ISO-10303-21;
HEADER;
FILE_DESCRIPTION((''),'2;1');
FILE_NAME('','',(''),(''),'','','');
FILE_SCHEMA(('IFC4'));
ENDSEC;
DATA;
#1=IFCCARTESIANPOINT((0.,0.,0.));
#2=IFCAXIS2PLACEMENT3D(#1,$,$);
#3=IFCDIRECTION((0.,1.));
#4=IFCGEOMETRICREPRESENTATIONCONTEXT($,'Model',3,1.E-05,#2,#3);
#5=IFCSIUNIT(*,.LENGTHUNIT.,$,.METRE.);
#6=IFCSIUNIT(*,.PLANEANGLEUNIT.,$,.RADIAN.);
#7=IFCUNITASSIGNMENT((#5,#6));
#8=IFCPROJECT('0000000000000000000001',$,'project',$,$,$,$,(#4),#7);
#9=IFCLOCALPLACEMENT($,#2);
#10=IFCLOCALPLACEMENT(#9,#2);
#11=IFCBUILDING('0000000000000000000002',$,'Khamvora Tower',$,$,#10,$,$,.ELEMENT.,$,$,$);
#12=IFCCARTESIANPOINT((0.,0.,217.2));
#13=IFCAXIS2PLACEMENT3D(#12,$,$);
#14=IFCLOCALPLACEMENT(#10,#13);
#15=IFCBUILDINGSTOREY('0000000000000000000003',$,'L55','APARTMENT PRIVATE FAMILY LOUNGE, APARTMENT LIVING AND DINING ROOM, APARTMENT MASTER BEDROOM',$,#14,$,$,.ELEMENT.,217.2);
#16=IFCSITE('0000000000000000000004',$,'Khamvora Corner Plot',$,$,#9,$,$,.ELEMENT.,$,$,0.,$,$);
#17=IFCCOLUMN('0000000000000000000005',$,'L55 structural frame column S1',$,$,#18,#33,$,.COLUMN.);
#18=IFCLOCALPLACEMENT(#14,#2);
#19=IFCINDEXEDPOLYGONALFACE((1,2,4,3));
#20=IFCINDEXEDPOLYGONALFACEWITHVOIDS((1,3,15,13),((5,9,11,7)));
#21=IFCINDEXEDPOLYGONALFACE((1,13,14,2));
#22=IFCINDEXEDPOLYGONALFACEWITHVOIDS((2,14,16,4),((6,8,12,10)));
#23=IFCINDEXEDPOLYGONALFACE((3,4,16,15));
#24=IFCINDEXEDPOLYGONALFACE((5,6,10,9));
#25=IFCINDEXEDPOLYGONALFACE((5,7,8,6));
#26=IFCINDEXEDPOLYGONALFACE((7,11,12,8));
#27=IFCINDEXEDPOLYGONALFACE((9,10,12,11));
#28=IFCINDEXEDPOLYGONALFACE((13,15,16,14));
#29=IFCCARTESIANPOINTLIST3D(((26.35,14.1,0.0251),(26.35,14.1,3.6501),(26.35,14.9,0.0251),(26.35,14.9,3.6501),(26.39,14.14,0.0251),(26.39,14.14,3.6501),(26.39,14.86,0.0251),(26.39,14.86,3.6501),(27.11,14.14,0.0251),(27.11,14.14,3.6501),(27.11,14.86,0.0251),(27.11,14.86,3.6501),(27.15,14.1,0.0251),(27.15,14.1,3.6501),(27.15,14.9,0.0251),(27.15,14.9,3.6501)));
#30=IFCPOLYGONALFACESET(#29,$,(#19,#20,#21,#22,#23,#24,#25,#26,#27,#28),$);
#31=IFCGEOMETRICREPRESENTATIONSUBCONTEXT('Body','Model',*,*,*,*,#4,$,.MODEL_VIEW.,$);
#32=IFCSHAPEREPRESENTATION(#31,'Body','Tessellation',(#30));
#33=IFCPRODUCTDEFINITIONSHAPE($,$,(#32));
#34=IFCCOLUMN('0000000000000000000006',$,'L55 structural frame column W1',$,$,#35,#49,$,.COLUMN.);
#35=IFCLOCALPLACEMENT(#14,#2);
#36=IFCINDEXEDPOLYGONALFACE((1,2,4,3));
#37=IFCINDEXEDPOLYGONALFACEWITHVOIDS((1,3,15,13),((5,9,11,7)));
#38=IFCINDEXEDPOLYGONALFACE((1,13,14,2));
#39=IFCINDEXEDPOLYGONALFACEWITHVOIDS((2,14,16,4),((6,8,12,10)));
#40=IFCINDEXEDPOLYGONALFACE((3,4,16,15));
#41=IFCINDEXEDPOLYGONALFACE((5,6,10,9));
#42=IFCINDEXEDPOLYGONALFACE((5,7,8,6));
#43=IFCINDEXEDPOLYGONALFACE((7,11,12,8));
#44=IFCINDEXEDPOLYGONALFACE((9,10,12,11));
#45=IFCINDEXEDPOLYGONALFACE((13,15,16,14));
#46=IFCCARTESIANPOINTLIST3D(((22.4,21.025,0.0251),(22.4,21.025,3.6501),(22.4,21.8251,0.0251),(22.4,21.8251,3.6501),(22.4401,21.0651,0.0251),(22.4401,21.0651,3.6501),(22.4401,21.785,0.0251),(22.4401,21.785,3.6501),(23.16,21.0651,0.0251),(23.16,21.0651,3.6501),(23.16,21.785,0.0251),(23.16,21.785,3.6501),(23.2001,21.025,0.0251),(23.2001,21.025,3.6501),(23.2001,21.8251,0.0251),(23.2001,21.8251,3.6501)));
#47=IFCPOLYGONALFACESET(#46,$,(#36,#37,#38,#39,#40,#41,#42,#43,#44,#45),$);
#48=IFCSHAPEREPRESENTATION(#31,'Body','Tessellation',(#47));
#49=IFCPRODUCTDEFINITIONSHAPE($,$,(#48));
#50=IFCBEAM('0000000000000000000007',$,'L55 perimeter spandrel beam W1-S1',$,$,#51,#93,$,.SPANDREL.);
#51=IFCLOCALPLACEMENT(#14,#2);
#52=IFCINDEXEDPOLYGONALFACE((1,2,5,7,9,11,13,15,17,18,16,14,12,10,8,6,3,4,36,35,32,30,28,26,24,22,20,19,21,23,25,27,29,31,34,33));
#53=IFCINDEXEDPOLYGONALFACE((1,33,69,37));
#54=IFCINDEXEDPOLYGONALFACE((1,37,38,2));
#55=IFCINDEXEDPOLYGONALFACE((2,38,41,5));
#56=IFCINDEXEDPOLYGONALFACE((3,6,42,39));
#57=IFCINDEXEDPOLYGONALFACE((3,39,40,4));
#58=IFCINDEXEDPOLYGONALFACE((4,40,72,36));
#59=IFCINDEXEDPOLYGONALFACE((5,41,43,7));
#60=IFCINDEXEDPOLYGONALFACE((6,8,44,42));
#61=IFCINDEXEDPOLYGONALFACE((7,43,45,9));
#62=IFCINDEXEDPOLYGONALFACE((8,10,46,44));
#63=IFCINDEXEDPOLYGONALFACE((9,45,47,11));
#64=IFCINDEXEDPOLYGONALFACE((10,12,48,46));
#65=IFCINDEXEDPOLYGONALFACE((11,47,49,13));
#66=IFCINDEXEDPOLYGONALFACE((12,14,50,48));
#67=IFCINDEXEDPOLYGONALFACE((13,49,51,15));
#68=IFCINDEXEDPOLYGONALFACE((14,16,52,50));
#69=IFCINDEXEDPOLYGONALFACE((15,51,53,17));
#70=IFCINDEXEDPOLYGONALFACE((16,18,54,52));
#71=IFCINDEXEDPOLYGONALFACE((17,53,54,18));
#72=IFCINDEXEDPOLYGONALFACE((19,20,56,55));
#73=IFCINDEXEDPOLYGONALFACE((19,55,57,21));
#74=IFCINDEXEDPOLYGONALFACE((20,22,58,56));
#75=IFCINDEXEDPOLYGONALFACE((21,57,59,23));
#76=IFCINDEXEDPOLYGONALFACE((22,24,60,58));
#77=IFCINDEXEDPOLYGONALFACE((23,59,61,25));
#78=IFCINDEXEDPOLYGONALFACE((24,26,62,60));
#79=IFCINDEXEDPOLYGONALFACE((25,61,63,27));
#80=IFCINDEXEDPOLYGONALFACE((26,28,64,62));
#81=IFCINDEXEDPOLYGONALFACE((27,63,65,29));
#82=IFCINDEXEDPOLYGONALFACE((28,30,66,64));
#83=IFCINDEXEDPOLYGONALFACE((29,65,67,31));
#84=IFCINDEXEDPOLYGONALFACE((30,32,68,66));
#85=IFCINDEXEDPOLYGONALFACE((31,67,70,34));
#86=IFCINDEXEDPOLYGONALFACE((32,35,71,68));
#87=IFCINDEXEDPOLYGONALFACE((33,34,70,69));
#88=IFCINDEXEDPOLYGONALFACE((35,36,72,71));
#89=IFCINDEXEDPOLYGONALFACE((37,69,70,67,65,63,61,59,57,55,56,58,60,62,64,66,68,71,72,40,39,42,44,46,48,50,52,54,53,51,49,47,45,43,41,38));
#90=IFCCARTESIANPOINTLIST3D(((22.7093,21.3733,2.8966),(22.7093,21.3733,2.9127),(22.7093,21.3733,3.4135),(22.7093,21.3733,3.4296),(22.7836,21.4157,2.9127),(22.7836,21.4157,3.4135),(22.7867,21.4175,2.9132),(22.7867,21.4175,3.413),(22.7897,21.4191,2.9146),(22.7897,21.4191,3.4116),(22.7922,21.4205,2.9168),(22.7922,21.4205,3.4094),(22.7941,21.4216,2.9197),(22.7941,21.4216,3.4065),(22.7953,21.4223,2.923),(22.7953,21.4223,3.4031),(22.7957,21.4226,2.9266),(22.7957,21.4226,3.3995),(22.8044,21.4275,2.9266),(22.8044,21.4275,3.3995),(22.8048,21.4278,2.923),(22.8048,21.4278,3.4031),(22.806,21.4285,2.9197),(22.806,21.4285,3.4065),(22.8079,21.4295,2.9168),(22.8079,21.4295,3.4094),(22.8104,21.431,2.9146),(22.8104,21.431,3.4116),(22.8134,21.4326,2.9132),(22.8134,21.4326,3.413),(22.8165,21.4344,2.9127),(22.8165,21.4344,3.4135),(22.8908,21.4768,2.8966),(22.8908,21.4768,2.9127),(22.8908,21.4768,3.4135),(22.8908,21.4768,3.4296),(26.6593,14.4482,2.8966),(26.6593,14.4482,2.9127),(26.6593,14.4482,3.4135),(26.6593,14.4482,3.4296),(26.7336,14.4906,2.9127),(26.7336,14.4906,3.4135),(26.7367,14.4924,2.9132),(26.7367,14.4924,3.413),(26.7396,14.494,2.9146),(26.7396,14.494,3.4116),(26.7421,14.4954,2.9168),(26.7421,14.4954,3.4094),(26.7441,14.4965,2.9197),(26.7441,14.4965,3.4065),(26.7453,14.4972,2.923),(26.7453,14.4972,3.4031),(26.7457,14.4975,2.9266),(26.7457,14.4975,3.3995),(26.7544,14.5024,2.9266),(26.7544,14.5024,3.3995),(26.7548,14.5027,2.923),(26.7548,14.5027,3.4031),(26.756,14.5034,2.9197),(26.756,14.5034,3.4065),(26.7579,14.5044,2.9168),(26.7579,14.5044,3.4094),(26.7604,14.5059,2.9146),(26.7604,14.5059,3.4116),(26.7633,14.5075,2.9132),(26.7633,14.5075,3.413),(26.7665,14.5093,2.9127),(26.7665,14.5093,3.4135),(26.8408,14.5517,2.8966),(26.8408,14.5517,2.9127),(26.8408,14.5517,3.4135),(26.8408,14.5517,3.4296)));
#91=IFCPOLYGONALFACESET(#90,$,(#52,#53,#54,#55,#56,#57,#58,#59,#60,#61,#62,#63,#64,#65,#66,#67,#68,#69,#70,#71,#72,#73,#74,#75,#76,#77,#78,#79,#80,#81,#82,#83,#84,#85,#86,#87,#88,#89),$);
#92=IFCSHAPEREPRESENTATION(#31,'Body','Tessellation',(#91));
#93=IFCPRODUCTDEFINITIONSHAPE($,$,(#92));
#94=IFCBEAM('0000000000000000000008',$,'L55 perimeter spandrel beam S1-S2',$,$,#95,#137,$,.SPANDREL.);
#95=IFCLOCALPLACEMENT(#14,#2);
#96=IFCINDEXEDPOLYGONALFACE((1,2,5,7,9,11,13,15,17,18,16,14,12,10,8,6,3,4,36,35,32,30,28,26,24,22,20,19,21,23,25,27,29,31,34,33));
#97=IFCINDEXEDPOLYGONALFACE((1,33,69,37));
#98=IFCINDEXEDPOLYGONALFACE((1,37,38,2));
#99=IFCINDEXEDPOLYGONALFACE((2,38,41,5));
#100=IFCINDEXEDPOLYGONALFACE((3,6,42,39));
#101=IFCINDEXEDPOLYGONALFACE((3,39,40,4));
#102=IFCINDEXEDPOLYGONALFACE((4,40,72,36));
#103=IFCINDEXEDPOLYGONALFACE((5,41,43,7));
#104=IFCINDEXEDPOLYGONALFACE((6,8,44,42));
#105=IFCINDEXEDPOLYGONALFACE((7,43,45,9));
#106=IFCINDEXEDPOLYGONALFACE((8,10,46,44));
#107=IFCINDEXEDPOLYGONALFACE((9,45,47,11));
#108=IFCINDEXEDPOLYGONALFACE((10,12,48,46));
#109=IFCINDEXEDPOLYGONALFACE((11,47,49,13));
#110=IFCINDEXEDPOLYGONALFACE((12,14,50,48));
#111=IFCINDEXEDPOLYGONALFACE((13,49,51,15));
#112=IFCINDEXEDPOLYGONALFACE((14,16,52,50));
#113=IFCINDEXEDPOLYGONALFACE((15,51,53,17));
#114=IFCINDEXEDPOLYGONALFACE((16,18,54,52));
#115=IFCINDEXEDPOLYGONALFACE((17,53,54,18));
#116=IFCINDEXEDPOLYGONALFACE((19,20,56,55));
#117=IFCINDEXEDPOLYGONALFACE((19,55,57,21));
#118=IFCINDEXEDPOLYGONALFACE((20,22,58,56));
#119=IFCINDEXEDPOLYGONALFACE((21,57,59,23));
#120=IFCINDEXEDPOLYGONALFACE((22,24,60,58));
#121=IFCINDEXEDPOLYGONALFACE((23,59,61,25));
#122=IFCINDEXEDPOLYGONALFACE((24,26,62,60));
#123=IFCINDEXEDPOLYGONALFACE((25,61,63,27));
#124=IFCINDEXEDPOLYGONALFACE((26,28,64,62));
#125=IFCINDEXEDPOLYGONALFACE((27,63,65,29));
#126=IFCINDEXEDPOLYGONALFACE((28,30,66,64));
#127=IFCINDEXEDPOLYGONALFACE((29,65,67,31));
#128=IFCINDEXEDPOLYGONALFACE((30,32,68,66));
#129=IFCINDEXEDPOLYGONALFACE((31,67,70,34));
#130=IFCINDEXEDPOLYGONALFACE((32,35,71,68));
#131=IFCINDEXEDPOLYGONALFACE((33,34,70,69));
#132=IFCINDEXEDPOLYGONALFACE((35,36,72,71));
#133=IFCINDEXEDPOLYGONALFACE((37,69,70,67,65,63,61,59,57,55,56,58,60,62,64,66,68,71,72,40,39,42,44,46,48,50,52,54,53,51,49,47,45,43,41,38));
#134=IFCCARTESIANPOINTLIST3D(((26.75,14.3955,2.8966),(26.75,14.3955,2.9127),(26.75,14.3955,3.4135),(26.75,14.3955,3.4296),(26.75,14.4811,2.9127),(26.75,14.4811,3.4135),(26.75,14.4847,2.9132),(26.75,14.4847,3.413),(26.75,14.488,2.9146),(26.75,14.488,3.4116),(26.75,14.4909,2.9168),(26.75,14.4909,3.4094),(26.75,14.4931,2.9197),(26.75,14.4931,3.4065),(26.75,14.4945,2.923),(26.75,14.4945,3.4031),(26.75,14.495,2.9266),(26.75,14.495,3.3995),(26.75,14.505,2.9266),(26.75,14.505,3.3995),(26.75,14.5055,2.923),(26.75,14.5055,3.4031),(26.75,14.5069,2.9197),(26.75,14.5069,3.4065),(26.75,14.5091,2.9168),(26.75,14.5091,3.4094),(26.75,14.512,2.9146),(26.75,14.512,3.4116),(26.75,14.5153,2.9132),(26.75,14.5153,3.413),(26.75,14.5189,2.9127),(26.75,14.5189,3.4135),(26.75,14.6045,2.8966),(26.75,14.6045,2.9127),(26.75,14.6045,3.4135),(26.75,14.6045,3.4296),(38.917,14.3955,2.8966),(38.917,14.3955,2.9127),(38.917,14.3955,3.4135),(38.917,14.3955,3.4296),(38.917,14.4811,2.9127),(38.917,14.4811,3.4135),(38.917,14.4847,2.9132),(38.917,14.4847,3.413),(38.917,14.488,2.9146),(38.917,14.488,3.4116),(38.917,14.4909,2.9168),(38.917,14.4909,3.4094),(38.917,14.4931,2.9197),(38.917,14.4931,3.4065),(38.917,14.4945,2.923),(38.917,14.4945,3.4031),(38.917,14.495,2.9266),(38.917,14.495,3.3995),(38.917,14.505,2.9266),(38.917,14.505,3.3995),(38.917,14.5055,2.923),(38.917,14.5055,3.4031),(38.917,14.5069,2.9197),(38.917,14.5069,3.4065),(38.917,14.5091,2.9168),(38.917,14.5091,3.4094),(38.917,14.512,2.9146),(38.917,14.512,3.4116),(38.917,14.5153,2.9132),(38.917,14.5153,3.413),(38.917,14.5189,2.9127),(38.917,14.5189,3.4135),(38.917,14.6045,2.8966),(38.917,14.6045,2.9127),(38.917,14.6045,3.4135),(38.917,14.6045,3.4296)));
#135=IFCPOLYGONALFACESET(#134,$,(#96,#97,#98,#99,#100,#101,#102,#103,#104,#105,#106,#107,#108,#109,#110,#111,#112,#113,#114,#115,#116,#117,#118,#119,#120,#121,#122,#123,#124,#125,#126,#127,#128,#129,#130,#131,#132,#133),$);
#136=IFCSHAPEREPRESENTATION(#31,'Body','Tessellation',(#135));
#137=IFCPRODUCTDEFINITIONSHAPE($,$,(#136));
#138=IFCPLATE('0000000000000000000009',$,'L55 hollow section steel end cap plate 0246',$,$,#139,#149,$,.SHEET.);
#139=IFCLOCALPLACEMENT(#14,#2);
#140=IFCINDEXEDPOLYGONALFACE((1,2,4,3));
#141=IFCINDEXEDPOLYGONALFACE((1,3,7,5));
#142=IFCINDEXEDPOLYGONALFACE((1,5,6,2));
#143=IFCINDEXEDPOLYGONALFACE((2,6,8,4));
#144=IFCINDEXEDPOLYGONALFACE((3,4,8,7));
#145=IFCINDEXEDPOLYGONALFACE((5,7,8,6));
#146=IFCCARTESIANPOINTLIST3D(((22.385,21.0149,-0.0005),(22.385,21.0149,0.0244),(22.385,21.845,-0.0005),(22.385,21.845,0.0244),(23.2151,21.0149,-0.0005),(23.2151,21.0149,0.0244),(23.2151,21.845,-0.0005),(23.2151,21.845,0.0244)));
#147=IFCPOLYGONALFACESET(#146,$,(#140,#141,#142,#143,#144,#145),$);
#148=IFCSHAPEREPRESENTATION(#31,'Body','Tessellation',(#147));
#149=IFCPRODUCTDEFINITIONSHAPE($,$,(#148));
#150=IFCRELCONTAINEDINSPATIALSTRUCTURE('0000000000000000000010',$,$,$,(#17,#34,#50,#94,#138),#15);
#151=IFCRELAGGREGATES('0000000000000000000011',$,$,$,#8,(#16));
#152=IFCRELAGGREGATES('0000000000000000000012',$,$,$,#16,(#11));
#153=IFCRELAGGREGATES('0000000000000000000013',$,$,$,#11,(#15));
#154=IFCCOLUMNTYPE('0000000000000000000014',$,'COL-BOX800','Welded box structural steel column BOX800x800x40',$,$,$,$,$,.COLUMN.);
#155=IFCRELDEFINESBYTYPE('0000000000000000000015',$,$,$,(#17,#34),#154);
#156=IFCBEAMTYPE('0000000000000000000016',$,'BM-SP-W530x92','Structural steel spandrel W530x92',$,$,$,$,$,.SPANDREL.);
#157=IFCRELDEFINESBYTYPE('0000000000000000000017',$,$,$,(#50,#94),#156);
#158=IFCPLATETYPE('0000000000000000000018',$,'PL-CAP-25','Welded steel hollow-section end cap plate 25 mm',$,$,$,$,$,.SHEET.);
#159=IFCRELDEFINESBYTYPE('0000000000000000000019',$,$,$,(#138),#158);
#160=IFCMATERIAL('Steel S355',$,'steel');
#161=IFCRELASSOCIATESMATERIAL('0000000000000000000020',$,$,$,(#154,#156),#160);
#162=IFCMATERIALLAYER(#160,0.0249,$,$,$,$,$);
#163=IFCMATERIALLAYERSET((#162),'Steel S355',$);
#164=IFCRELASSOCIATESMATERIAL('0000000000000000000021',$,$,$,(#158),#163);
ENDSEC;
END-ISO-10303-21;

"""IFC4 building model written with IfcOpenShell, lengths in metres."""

from ifc_helpers import new_model, si_unit, direction, frame, origin, origin_2d, place, context, subcontext, project, spatial, rectangle, hollow_rectangle, i_section, extrude, material, layer, layer_set, material_profile, profile_set, type_object, element, save


model = new_model("IFC4")

# Units and contexts
model_context = context("Model", 3, precision=1e-05, world=origin(), true_north=direction((0.0, 1.0)))
body_context = subcontext(model_context, "Body", "Model", "MODEL_VIEW")
ifc_project = project(units=[si_unit("LENGTHUNIT", "METRE"), si_unit("PLANEANGLEUNIT", "RADIAN")], contexts=[model_context])

# Site, building, storey
site_placement = place(None, origin())
site = spatial("IfcSite", under=ifc_project, at=site_placement, Name="Khamvora Corner Plot", CompositionType="ELEMENT", RefElevation=0.0)
building_placement = place(site_placement, origin())
building = spatial("IfcBuilding", under=site, at=building_placement, Name="Khamvora Tower", CompositionType="ELEMENT")
storey_placement = place(building_placement, frame((0.0, 0.0, 217.2)))
storey = spatial("IfcBuildingStorey", under=building, at=storey_placement, Name="L55", Description="APARTMENT PRIVATE FAMILY LOUNGE, APARTMENT LIVING AND DINING ROOM, APARTMENT MASTER BEDROOM", CompositionType="ELEMENT", Elevation=217.2)

# Columns
ifc_material_1 = material(Name="Steel S355", Category="steel")
ifc_material_profile_1 = material_profile(ifc_material_1, hollow_rectangle(XDim=0.8, YDim=0.8, WallThickness=0.04, at=origin_2d()), Name="BOX800x800x40")
ifc_profile_set_1 = profile_set([ifc_material_profile_1], Name="Steel S355")
column_type = type_object("IfcColumnType", Name="COL-BOX800", Description="Welded box structural steel column BOX800x800x40", PredefinedType="COLUMN", material=ifc_profile_set_1)
for number, where, z_axis, x_axis, name in (
    (1, (26.75, 14.5, 0.0251), (0.0, 0.0, 1.0), (1.0, 0.0, 0.0), "L55 structural frame column S1"),
    (2, (22.8, 21.425, 0.0251), (0.0, 0.0, 1.0), (1.0, 0.0, 0.0), "L55 structural frame column W1"),
):
    element("IfcColumn", number, at=place(storey_placement, frame(where, z_axis=z_axis, x_axis=x_axis)), inside=storey, type_object=column_type, Name=name, PredefinedType="COLUMN", context=body_context, shape_type="SweptSolid", body=[
        extrude(hollow_rectangle(XDim=0.8, YDim=0.8, WallThickness=0.04, at=origin_2d()), origin(), (0.0, 0.0, 1.0), 3.625),
    ])

# Beams
ifc_material_profile_2 = material_profile(ifc_material_1, i_section(OverallWidth=0.209, OverallDepth=0.533, WebThickness=0.01, FlangeThickness=0.0161, FilletRadius=0.0139, at=origin_2d()), Name="W530x92")
ifc_profile_set_2 = profile_set([ifc_material_profile_2], Name="Steel S355")
beam_type = type_object("IfcBeamType", Name="BM-SP-W530x92", Description="Structural steel spandrel W530x92", PredefinedType="SPANDREL", material=ifc_profile_set_2)
beam_1_placement = place(storey_placement, frame((22.8, 21.425, 3.1631), z_axis=(0.495456, -0.868633, 0.0), x_axis=(0.868633, 0.495456, 0.0)))
element("IfcBeam", 3, at=beam_1_placement, inside=storey, type_object=beam_type, Name="L55 perimeter spandrel beam W1-S1", PredefinedType="SPANDREL", context=body_context, shape_type="SweptSolid", body=[
    extrude(i_section(OverallWidth=0.209, OverallDepth=0.533, WebThickness=0.01, FlangeThickness=0.0161, FilletRadius=0.0139, at=origin_2d()), origin(), (0.0, 0.0, 1.0), 7.9724),
])
beam_2_placement = place(storey_placement, frame((26.75, 14.5, 3.1631), z_axis=(1.0, 0.0, 0.0), x_axis=(0.0, 1.0, 0.0)))
element("IfcBeam", 4, at=beam_2_placement, inside=storey, type_object=beam_type, Name="L55 perimeter spandrel beam S1-S2", PredefinedType="SPANDREL", context=body_context, shape_type="SweptSolid", body=[
    extrude(i_section(OverallWidth=0.209, OverallDepth=0.533, WebThickness=0.01, FlangeThickness=0.0161, FilletRadius=0.0139, at=origin_2d()), origin(), (0.0, 0.0, 1.0), 12.167),
])

# Plate
ifc_layer_1 = layer(ifc_material_1, 0.0249)
ifc_layer_set_1 = layer_set([ifc_layer_1], Name="Steel S355")
plate_type = type_object("IfcPlateType", Name="PL-CAP-25", Description="Welded steel hollow-section end cap plate 25 mm", PredefinedType="SHEET", material=ifc_layer_set_1)
plate_placement = place(storey_placement, frame((22.8, 21.4299, -0.0005), z_axis=(0.0, 0.0, 1.0), x_axis=(1.0, 0.0, 0.0)))
element("IfcPlate", 5, at=plate_placement, inside=storey, type_object=plate_type, Name="L55 hollow section steel end cap plate 0246", PredefinedType="SHEET", context=body_context, shape_type="SweptSolid", body=[
    extrude(rectangle(XDim=0.8301, YDim=0.8301, at=origin_2d()), origin(), (0.0, 0.0, 1.0), 0.0249),
])

save(model, "model.ifc")
